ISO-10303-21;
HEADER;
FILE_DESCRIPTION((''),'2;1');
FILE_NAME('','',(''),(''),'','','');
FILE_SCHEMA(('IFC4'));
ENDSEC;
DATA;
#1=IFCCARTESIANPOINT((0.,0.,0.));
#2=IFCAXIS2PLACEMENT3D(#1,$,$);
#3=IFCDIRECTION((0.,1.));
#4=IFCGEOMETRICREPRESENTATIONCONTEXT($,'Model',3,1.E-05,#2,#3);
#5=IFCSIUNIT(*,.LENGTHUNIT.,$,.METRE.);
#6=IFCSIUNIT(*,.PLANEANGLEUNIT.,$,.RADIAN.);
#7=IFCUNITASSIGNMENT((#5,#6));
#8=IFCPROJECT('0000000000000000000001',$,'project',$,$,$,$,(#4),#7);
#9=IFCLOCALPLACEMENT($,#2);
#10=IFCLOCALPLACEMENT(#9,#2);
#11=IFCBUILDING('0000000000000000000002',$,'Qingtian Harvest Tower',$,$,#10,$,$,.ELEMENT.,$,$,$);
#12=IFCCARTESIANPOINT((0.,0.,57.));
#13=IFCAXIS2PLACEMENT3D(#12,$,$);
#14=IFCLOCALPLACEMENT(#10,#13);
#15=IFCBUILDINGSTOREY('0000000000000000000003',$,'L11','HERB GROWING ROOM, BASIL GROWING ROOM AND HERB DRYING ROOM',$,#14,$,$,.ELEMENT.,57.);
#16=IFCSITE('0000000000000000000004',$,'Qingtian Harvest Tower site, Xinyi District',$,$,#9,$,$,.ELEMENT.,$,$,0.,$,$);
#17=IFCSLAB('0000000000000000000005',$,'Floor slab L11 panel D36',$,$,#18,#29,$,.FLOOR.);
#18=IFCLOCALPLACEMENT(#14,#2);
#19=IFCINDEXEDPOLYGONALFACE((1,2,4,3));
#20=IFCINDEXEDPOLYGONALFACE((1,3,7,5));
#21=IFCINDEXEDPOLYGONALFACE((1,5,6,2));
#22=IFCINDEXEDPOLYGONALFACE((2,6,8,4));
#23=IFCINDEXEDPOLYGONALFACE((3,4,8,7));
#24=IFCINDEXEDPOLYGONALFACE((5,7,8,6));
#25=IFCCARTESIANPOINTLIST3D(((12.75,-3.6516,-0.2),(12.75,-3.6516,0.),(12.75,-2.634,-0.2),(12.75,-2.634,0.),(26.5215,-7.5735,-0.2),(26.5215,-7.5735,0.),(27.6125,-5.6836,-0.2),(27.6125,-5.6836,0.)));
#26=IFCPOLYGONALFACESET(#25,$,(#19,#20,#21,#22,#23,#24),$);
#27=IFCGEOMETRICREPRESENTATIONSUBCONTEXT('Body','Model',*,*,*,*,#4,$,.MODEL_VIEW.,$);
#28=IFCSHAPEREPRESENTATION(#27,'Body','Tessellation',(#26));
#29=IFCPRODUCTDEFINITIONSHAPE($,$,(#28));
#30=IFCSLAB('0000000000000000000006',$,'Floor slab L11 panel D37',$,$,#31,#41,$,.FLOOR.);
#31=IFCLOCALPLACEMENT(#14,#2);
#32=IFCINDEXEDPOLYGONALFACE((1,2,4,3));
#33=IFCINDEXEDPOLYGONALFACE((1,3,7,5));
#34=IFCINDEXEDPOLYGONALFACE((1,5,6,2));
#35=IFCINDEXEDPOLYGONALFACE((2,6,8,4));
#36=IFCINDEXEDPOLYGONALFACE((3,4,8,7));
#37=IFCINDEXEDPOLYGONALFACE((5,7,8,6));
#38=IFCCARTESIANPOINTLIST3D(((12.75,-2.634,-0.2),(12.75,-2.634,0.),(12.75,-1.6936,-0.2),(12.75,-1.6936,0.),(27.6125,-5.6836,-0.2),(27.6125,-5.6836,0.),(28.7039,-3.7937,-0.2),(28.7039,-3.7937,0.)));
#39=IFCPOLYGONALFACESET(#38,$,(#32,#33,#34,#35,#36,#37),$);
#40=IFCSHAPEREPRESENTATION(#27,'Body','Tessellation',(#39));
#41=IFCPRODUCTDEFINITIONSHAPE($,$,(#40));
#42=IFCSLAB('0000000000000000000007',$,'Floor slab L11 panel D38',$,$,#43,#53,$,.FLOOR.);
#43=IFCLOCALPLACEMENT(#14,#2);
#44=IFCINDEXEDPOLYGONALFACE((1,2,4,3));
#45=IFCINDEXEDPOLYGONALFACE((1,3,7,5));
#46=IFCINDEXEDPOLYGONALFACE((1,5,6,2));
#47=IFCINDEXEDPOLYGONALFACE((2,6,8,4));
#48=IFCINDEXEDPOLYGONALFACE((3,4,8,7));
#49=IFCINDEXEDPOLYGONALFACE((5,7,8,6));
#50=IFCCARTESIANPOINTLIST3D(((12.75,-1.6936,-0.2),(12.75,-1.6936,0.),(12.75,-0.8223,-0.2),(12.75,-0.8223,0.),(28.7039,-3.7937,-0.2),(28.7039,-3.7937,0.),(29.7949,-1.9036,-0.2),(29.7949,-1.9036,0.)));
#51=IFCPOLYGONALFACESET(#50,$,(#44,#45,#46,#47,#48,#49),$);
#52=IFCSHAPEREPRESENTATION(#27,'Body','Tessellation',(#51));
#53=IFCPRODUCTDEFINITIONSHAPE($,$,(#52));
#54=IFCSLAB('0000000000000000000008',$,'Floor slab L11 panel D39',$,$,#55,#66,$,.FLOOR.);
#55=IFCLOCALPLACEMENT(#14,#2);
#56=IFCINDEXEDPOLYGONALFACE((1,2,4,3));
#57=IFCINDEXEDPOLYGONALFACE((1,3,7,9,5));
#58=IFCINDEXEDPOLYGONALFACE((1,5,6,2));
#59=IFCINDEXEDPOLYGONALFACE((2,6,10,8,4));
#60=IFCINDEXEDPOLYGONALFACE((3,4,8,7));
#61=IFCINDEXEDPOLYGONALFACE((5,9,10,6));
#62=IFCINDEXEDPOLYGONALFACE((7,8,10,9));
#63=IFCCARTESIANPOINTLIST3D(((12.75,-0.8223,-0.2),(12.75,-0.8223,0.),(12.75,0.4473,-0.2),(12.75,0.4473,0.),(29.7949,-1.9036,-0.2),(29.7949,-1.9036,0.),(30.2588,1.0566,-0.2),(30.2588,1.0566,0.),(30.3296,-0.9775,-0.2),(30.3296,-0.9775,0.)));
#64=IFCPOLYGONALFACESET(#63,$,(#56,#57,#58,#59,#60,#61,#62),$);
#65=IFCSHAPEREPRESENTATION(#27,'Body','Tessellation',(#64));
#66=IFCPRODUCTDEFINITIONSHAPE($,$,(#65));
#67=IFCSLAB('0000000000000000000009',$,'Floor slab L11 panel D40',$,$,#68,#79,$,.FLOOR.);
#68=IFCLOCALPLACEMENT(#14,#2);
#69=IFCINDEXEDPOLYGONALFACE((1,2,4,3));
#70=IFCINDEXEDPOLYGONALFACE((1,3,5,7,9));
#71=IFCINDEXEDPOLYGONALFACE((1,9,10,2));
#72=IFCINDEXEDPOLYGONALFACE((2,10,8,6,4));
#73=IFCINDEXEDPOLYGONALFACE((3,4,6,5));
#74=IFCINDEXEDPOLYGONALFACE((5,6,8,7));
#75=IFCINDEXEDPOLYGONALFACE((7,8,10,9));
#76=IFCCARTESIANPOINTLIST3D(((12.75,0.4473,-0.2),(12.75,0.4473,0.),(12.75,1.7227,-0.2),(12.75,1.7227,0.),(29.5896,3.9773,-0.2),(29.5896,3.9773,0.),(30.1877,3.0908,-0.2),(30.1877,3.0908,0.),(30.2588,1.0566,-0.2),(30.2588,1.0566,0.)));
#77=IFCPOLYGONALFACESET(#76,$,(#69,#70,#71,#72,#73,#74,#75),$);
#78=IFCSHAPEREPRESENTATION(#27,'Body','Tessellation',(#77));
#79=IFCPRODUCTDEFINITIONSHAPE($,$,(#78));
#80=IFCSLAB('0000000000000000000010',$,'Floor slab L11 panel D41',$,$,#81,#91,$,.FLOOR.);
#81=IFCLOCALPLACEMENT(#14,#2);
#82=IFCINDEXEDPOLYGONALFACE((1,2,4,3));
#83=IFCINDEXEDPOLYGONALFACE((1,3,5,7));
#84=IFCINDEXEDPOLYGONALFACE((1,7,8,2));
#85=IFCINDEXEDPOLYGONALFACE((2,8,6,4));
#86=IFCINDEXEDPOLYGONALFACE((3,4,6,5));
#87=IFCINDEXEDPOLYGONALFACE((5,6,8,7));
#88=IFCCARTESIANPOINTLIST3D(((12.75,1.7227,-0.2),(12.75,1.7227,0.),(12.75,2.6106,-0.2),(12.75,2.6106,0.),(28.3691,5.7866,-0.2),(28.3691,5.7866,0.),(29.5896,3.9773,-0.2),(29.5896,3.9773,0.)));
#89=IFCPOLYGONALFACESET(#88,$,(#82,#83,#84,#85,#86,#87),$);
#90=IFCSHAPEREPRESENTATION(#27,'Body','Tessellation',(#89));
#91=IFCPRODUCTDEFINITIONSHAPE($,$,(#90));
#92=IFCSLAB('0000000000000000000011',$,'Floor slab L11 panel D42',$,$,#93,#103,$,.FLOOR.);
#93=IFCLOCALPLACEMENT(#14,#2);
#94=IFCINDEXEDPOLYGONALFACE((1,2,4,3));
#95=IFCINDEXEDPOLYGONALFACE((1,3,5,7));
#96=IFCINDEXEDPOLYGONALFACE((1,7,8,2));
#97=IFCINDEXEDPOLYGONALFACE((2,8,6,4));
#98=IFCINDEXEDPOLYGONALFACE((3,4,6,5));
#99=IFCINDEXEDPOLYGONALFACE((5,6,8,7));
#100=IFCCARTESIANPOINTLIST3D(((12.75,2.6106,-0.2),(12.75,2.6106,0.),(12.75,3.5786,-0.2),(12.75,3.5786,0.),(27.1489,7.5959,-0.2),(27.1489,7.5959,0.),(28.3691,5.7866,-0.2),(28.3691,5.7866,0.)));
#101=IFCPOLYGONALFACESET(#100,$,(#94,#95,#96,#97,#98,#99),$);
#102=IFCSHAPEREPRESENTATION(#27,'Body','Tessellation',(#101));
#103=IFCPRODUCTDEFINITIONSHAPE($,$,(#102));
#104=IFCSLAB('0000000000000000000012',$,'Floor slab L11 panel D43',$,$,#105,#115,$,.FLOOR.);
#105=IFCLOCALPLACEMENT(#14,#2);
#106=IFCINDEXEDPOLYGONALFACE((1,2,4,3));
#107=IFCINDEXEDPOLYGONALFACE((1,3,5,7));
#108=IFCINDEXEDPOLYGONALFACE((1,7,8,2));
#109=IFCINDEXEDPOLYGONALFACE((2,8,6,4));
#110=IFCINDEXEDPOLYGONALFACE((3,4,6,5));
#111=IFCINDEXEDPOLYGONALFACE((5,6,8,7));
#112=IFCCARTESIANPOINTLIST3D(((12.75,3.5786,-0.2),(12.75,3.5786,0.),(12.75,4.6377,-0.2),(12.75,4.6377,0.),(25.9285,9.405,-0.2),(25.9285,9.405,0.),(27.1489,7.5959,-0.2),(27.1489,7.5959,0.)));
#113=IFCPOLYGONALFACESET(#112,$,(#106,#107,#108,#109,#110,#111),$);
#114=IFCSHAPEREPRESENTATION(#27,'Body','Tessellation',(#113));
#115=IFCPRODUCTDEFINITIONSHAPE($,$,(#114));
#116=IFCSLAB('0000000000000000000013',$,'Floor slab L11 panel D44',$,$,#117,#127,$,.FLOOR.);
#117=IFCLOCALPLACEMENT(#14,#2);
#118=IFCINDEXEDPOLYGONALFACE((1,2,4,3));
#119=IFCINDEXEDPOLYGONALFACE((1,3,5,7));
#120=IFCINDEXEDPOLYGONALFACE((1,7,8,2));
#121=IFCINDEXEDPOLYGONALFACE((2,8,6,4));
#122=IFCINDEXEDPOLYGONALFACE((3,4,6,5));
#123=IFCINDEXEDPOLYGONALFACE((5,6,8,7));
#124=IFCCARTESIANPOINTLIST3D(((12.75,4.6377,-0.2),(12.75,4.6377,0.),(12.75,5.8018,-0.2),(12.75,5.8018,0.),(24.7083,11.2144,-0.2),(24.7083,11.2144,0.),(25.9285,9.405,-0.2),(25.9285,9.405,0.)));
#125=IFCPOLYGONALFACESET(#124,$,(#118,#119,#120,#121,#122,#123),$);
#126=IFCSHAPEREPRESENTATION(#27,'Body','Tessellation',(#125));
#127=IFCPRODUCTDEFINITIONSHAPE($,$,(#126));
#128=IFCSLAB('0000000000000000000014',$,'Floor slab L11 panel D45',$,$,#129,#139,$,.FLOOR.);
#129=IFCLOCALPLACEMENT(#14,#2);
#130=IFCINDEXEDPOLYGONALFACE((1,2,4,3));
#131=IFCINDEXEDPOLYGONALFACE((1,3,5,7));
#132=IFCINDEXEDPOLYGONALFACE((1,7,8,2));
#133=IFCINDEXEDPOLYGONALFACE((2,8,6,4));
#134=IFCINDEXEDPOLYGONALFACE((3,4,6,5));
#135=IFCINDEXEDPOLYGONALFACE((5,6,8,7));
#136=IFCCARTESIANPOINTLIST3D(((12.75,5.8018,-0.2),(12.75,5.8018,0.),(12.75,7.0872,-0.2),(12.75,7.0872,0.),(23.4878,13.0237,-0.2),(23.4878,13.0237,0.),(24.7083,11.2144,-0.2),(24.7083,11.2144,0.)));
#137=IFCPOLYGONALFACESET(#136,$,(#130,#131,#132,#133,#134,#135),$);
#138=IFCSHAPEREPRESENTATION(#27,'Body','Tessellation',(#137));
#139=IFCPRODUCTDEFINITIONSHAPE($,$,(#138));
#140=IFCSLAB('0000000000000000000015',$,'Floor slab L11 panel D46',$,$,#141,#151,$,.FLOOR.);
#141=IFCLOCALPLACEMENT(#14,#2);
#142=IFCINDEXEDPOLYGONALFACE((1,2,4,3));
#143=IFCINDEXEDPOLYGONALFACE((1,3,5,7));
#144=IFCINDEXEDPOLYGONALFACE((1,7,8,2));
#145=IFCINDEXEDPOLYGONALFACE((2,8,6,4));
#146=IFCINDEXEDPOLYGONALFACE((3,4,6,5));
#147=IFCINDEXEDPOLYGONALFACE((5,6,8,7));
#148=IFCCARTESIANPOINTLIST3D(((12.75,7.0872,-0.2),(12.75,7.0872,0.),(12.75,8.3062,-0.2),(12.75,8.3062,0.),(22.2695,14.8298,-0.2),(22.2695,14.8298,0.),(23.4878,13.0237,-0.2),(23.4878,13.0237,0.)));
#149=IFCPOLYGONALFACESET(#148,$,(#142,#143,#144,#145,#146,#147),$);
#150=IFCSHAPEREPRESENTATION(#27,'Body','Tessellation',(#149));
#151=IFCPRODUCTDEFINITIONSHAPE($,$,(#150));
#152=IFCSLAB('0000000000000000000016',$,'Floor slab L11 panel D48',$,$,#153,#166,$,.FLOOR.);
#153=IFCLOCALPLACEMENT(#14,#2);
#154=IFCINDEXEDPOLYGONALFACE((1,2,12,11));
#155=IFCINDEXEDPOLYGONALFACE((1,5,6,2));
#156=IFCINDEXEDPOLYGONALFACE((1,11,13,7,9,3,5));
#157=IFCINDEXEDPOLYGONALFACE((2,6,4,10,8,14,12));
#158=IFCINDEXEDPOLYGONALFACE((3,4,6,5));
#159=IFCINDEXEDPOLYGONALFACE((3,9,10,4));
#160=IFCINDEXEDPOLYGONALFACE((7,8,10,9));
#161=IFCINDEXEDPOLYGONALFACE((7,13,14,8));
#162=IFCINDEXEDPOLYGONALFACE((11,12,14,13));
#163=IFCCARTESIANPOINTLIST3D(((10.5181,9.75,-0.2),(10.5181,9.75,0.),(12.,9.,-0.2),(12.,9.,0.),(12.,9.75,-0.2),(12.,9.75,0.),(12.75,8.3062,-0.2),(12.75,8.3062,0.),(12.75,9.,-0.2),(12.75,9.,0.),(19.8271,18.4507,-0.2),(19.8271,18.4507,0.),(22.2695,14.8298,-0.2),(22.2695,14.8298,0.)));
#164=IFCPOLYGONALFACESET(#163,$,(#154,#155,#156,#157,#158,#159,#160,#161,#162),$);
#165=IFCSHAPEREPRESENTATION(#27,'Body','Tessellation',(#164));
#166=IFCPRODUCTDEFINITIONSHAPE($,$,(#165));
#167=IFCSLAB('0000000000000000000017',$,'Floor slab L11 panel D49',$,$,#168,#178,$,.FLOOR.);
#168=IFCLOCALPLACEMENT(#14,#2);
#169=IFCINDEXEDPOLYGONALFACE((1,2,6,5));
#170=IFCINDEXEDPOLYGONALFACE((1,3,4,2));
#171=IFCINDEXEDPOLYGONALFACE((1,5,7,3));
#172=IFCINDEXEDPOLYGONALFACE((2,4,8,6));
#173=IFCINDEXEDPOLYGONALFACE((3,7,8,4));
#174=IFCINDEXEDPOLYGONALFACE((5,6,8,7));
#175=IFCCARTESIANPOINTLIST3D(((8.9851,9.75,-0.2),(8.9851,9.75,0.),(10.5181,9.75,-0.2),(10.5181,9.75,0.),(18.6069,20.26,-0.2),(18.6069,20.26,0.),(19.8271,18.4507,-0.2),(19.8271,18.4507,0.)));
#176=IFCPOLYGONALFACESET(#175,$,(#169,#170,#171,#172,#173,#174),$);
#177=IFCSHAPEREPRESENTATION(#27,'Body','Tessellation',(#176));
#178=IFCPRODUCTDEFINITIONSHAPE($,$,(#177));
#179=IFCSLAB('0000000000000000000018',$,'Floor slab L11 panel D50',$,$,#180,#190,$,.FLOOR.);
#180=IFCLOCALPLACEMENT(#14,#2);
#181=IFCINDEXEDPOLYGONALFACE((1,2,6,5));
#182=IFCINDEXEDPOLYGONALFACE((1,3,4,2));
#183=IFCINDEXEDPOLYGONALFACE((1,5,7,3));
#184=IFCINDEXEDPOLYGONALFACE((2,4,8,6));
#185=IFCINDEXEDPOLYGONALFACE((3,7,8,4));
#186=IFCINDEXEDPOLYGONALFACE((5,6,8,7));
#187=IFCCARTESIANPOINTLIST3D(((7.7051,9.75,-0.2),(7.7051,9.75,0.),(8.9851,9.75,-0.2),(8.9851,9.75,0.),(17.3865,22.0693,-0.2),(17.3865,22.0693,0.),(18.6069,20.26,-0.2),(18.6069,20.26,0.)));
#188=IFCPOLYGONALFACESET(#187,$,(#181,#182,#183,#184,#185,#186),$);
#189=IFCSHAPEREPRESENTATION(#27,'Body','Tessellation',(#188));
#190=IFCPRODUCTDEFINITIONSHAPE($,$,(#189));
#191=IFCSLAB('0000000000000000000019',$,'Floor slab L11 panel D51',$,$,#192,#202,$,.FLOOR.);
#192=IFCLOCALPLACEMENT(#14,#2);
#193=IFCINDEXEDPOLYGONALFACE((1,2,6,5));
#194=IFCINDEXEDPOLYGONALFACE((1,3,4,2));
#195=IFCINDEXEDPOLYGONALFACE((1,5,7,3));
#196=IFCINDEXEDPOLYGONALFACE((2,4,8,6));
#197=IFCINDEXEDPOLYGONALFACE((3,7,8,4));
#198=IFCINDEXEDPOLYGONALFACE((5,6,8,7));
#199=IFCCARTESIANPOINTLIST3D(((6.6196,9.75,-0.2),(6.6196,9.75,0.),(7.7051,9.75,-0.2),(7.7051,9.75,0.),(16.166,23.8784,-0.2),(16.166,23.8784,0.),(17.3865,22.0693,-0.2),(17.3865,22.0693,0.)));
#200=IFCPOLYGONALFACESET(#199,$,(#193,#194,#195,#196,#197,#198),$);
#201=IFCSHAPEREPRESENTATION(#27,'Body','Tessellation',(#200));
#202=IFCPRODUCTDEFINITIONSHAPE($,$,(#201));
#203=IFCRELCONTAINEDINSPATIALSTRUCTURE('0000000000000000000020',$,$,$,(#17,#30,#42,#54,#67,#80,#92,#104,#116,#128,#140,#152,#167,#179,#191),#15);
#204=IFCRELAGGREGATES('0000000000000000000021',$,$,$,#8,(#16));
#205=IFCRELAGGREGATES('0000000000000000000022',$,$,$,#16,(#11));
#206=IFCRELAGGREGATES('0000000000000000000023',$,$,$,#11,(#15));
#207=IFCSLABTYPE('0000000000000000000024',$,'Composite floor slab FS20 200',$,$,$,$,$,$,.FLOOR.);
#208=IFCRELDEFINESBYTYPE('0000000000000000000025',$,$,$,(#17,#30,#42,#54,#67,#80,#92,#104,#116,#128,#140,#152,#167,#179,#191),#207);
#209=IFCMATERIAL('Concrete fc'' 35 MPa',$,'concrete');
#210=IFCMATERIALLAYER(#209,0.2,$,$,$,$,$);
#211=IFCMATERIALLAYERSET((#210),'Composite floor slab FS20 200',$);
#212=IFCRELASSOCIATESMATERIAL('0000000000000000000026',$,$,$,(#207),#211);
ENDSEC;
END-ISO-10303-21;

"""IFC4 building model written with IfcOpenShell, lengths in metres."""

from ifc_helpers import new_model, si_unit, direction, frame, origin, place, context, subcontext, project, spatial, polyline, outline, extrude, material, layer, layer_set, type_object, element, save


model = new_model("IFC4")

# Units and contexts
model_context = context("Model", 3, precision=1e-05, world=origin(), true_north=direction((0.0, 1.0)))
body_context = subcontext(model_context, "Body", "Model", "MODEL_VIEW")
ifc_project = project(units=[si_unit("LENGTHUNIT", "METRE"), si_unit("PLANEANGLEUNIT", "RADIAN")], contexts=[model_context])

# Site, building, storey
site_placement = place(None, origin())
site = spatial("IfcSite", under=ifc_project, at=site_placement, Name="Qingtian Harvest Tower site, Xinyi District", CompositionType="ELEMENT", RefElevation=0.0)
building_placement = place(site_placement, origin())
building = spatial("IfcBuilding", under=site, at=building_placement, Name="Qingtian Harvest Tower", CompositionType="ELEMENT")
storey_placement = place(building_placement, frame((0.0, 0.0, 57.0)))
storey = spatial("IfcBuildingStorey", under=building, at=storey_placement, Name="L11", Description="HERB GROWING ROOM, BASIL GROWING ROOM AND HERB DRYING ROOM", CompositionType="ELEMENT", Elevation=57.0)

# Slabs
ifc_material_1 = material(Name="Concrete fc' 35 MPa", Category="concrete")
ifc_layer_1 = layer(ifc_material_1, 0.2)
ifc_layer_set_1 = layer_set([ifc_layer_1], Name="Composite floor slab FS20 200")
slab_type = type_object("IfcSlabType", Name="Composite floor slab FS20 200", PredefinedType="FLOOR", material=ifc_layer_set_1)
slab_1_placement = place(storey_placement, frame((0.0, 0.0, -0.2)))
element("IfcSlab", 1, at=slab_1_placement, inside=storey, type_object=slab_type, Name="Floor slab L11 panel D36", PredefinedType="FLOOR", context=body_context, shape_type="SweptSolid", body=[
    extrude(outline(polyline([(12.75, -2.634), (27.6125, -5.6836), (26.5215, -7.5735), (12.75, -3.6516), (12.75, -2.634)])), origin(), (0.0, 0.0, 1.0), 0.2),
])
slab_2_placement = place(storey_placement, frame((0.0, 0.0, -0.2)))
element("IfcSlab", 2, at=slab_2_placement, inside=storey, type_object=slab_type, Name="Floor slab L11 panel D37", PredefinedType="FLOOR", context=body_context, shape_type="SweptSolid", body=[
    extrude(outline(polyline([(12.75, -1.6936), (28.7039, -3.7937), (27.6125, -5.6836), (12.75, -2.634), (12.75, -1.6936)])), origin(), (0.0, 0.0, 1.0), 0.2),
])
slab_3_placement = place(storey_placement, frame((0.0, 0.0, -0.2)))
element("IfcSlab", 3, at=slab_3_placement, inside=storey, type_object=slab_type, Name="Floor slab L11 panel D38", PredefinedType="FLOOR", context=body_context, shape_type="SweptSolid", body=[
    extrude(outline(polyline([(12.75, -0.8223), (29.7949, -1.9036), (28.7039, -3.7937), (12.75, -1.6936), (12.75, -0.8223)])), origin(), (0.0, 0.0, 1.0), 0.2),
])
slab_4_placement = place(storey_placement, frame((0.0, 0.0, -0.2)))
element("IfcSlab", 4, at=slab_4_placement, inside=storey, type_object=slab_type, Name="Floor slab L11 panel D39", PredefinedType="FLOOR", context=body_context, shape_type="SweptSolid", body=[
    extrude(outline(polyline([(12.75, -0.8223), (12.75, 0.4473), (30.2588, 1.0566), (30.3296, -0.9775), (29.7949, -1.9036), (12.75, -0.8223)])), origin(), (0.0, 0.0, 1.0), 0.2),
])
slab_5_placement = place(storey_placement, frame((0.0, 0.0, -0.2)))
element("IfcSlab", 5, at=slab_5_placement, inside=storey, type_object=slab_type, Name="Floor slab L11 panel D40", PredefinedType="FLOOR", context=body_context, shape_type="SweptSolid", body=[
    extrude(outline(polyline([(12.75, 0.4473), (12.75, 1.7227), (29.5896, 3.9773), (30.1877, 3.0908), (30.2588, 1.0566), (12.75, 0.4473)])), origin(), (0.0, 0.0, 1.0), 0.2),
])
slab_6_placement = place(storey_placement, frame((0.0, 0.0, -0.2)))
element("IfcSlab", 6, at=slab_6_placement, inside=storey, type_object=slab_type, Name="Floor slab L11 panel D41", PredefinedType="FLOOR", context=body_context, shape_type="SweptSolid", body=[
    extrude(outline(polyline([(12.75, 2.6106), (28.3691, 5.7866), (29.5896, 3.9773), (12.75, 1.7227), (12.75, 2.6106)])), origin(), (0.0, 0.0, 1.0), 0.2),
])
slab_7_placement = place(storey_placement, frame((0.0, 0.0, -0.2)))
element("IfcSlab", 7, at=slab_7_placement, inside=storey, type_object=slab_type, Name="Floor slab L11 panel D42", PredefinedType="FLOOR", context=body_context, shape_type="SweptSolid", body=[
    extrude(outline(polyline([(12.75, 3.5786), (27.1489, 7.5959), (28.3691, 5.7866), (12.75, 2.6106), (12.75, 3.5786)])), origin(), (0.0, 0.0, 1.0), 0.2),
])
slab_8_placement = place(storey_placement, frame((0.0, 0.0, -0.2)))
element("IfcSlab", 8, at=slab_8_placement, inside=storey, type_object=slab_type, Name="Floor slab L11 panel D43", PredefinedType="FLOOR", context=body_context, shape_type="SweptSolid", body=[
    extrude(outline(polyline([(12.75, 4.6377), (25.9285, 9.405), (27.1489, 7.5959), (12.75, 3.5786), (12.75, 4.6377)])), origin(), (0.0, 0.0, 1.0), 0.2),
])
slab_9_placement = place(storey_placement, frame((0.0, 0.0, -0.2)))
element("IfcSlab", 9, at=slab_9_placement, inside=storey, type_object=slab_type, Name="Floor slab L11 panel D44", PredefinedType="FLOOR", context=body_context, shape_type="SweptSolid", body=[
    extrude(outline(polyline([(12.75, 5.8018), (24.7083, 11.2144), (25.9285, 9.405), (12.75, 4.6377), (12.75, 5.8018)])), origin(), (0.0, 0.0, 1.0), 0.2),
])
slab_10_placement = place(storey_placement, frame((0.0, 0.0, -0.2)))
element("IfcSlab", 10, at=slab_10_placement, inside=storey, type_object=slab_type, Name="Floor slab L11 panel D45", PredefinedType="FLOOR", context=body_context, shape_type="SweptSolid", body=[
    extrude(outline(polyline([(12.75, 7.0872), (23.4878, 13.0237), (24.7083, 11.2144), (12.75, 5.8018), (12.75, 7.0872)])), origin(), (0.0, 0.0, 1.0), 0.2),
])
slab_11_placement = place(storey_placement, frame((0.0, 0.0, -0.2)))
element("IfcSlab", 11, at=slab_11_placement, inside=storey, type_object=slab_type, Name="Floor slab L11 panel D46", PredefinedType="FLOOR", context=body_context, shape_type="SweptSolid", body=[
    extrude(outline(polyline([(12.75, 8.3062), (22.2695, 14.8298), (23.4878, 13.0237), (12.75, 7.0872), (12.75, 8.3062)])), origin(), (0.0, 0.0, 1.0), 0.2),
])
slab_12_placement = place(storey_placement, frame((0.0, 0.0, -0.2)))
element("IfcSlab", 12, at=slab_12_placement, inside=storey, type_object=slab_type, Name="Floor slab L11 panel D48", PredefinedType="FLOOR", context=body_context, shape_type="SweptSolid", body=[
    extrude(outline(polyline([(19.8271, 18.4507), (22.2695, 14.8298), (12.75, 8.3062), (12.75, 9.0), (12.0, 9.0), (12.0, 9.75), (10.5181, 9.75), (19.8271, 18.4507)])), origin(), (0.0, 0.0, 1.0), 0.2),
])
slab_13_placement = place(storey_placement, frame((0.0, 0.0, -0.2)))
element("IfcSlab", 13, at=slab_13_placement, inside=storey, type_object=slab_type, Name="Floor slab L11 panel D49", PredefinedType="FLOOR", context=body_context, shape_type="SweptSolid", body=[
    extrude(outline(polyline([(8.9851, 9.75), (18.6069, 20.26), (19.8271, 18.4507), (10.5181, 9.75), (8.9851, 9.75)])), origin(), (0.0, 0.0, 1.0), 0.2),
])
slab_14_placement = place(storey_placement, frame((0.0, 0.0, -0.2)))
element("IfcSlab", 14, at=slab_14_placement, inside=storey, type_object=slab_type, Name="Floor slab L11 panel D50", PredefinedType="FLOOR", context=body_context, shape_type="SweptSolid", body=[
    extrude(outline(polyline([(7.7051, 9.75), (17.3865, 22.0693), (18.6069, 20.26), (8.9851, 9.75), (7.7051, 9.75)])), origin(), (0.0, 0.0, 1.0), 0.2),
])
slab_15_placement = place(storey_placement, frame((0.0, 0.0, -0.2)))
element("IfcSlab", 15, at=slab_15_placement, inside=storey, type_object=slab_type, Name="Floor slab L11 panel D51", PredefinedType="FLOOR", context=body_context, shape_type="SweptSolid", body=[
    extrude(outline(polyline([(6.6196, 9.75), (16.166, 23.8784), (17.3865, 22.0693), (7.7051, 9.75), (6.6196, 9.75)])), origin(), (0.0, 0.0, 1.0), 0.2),
])

save(model, "model.ifc")
